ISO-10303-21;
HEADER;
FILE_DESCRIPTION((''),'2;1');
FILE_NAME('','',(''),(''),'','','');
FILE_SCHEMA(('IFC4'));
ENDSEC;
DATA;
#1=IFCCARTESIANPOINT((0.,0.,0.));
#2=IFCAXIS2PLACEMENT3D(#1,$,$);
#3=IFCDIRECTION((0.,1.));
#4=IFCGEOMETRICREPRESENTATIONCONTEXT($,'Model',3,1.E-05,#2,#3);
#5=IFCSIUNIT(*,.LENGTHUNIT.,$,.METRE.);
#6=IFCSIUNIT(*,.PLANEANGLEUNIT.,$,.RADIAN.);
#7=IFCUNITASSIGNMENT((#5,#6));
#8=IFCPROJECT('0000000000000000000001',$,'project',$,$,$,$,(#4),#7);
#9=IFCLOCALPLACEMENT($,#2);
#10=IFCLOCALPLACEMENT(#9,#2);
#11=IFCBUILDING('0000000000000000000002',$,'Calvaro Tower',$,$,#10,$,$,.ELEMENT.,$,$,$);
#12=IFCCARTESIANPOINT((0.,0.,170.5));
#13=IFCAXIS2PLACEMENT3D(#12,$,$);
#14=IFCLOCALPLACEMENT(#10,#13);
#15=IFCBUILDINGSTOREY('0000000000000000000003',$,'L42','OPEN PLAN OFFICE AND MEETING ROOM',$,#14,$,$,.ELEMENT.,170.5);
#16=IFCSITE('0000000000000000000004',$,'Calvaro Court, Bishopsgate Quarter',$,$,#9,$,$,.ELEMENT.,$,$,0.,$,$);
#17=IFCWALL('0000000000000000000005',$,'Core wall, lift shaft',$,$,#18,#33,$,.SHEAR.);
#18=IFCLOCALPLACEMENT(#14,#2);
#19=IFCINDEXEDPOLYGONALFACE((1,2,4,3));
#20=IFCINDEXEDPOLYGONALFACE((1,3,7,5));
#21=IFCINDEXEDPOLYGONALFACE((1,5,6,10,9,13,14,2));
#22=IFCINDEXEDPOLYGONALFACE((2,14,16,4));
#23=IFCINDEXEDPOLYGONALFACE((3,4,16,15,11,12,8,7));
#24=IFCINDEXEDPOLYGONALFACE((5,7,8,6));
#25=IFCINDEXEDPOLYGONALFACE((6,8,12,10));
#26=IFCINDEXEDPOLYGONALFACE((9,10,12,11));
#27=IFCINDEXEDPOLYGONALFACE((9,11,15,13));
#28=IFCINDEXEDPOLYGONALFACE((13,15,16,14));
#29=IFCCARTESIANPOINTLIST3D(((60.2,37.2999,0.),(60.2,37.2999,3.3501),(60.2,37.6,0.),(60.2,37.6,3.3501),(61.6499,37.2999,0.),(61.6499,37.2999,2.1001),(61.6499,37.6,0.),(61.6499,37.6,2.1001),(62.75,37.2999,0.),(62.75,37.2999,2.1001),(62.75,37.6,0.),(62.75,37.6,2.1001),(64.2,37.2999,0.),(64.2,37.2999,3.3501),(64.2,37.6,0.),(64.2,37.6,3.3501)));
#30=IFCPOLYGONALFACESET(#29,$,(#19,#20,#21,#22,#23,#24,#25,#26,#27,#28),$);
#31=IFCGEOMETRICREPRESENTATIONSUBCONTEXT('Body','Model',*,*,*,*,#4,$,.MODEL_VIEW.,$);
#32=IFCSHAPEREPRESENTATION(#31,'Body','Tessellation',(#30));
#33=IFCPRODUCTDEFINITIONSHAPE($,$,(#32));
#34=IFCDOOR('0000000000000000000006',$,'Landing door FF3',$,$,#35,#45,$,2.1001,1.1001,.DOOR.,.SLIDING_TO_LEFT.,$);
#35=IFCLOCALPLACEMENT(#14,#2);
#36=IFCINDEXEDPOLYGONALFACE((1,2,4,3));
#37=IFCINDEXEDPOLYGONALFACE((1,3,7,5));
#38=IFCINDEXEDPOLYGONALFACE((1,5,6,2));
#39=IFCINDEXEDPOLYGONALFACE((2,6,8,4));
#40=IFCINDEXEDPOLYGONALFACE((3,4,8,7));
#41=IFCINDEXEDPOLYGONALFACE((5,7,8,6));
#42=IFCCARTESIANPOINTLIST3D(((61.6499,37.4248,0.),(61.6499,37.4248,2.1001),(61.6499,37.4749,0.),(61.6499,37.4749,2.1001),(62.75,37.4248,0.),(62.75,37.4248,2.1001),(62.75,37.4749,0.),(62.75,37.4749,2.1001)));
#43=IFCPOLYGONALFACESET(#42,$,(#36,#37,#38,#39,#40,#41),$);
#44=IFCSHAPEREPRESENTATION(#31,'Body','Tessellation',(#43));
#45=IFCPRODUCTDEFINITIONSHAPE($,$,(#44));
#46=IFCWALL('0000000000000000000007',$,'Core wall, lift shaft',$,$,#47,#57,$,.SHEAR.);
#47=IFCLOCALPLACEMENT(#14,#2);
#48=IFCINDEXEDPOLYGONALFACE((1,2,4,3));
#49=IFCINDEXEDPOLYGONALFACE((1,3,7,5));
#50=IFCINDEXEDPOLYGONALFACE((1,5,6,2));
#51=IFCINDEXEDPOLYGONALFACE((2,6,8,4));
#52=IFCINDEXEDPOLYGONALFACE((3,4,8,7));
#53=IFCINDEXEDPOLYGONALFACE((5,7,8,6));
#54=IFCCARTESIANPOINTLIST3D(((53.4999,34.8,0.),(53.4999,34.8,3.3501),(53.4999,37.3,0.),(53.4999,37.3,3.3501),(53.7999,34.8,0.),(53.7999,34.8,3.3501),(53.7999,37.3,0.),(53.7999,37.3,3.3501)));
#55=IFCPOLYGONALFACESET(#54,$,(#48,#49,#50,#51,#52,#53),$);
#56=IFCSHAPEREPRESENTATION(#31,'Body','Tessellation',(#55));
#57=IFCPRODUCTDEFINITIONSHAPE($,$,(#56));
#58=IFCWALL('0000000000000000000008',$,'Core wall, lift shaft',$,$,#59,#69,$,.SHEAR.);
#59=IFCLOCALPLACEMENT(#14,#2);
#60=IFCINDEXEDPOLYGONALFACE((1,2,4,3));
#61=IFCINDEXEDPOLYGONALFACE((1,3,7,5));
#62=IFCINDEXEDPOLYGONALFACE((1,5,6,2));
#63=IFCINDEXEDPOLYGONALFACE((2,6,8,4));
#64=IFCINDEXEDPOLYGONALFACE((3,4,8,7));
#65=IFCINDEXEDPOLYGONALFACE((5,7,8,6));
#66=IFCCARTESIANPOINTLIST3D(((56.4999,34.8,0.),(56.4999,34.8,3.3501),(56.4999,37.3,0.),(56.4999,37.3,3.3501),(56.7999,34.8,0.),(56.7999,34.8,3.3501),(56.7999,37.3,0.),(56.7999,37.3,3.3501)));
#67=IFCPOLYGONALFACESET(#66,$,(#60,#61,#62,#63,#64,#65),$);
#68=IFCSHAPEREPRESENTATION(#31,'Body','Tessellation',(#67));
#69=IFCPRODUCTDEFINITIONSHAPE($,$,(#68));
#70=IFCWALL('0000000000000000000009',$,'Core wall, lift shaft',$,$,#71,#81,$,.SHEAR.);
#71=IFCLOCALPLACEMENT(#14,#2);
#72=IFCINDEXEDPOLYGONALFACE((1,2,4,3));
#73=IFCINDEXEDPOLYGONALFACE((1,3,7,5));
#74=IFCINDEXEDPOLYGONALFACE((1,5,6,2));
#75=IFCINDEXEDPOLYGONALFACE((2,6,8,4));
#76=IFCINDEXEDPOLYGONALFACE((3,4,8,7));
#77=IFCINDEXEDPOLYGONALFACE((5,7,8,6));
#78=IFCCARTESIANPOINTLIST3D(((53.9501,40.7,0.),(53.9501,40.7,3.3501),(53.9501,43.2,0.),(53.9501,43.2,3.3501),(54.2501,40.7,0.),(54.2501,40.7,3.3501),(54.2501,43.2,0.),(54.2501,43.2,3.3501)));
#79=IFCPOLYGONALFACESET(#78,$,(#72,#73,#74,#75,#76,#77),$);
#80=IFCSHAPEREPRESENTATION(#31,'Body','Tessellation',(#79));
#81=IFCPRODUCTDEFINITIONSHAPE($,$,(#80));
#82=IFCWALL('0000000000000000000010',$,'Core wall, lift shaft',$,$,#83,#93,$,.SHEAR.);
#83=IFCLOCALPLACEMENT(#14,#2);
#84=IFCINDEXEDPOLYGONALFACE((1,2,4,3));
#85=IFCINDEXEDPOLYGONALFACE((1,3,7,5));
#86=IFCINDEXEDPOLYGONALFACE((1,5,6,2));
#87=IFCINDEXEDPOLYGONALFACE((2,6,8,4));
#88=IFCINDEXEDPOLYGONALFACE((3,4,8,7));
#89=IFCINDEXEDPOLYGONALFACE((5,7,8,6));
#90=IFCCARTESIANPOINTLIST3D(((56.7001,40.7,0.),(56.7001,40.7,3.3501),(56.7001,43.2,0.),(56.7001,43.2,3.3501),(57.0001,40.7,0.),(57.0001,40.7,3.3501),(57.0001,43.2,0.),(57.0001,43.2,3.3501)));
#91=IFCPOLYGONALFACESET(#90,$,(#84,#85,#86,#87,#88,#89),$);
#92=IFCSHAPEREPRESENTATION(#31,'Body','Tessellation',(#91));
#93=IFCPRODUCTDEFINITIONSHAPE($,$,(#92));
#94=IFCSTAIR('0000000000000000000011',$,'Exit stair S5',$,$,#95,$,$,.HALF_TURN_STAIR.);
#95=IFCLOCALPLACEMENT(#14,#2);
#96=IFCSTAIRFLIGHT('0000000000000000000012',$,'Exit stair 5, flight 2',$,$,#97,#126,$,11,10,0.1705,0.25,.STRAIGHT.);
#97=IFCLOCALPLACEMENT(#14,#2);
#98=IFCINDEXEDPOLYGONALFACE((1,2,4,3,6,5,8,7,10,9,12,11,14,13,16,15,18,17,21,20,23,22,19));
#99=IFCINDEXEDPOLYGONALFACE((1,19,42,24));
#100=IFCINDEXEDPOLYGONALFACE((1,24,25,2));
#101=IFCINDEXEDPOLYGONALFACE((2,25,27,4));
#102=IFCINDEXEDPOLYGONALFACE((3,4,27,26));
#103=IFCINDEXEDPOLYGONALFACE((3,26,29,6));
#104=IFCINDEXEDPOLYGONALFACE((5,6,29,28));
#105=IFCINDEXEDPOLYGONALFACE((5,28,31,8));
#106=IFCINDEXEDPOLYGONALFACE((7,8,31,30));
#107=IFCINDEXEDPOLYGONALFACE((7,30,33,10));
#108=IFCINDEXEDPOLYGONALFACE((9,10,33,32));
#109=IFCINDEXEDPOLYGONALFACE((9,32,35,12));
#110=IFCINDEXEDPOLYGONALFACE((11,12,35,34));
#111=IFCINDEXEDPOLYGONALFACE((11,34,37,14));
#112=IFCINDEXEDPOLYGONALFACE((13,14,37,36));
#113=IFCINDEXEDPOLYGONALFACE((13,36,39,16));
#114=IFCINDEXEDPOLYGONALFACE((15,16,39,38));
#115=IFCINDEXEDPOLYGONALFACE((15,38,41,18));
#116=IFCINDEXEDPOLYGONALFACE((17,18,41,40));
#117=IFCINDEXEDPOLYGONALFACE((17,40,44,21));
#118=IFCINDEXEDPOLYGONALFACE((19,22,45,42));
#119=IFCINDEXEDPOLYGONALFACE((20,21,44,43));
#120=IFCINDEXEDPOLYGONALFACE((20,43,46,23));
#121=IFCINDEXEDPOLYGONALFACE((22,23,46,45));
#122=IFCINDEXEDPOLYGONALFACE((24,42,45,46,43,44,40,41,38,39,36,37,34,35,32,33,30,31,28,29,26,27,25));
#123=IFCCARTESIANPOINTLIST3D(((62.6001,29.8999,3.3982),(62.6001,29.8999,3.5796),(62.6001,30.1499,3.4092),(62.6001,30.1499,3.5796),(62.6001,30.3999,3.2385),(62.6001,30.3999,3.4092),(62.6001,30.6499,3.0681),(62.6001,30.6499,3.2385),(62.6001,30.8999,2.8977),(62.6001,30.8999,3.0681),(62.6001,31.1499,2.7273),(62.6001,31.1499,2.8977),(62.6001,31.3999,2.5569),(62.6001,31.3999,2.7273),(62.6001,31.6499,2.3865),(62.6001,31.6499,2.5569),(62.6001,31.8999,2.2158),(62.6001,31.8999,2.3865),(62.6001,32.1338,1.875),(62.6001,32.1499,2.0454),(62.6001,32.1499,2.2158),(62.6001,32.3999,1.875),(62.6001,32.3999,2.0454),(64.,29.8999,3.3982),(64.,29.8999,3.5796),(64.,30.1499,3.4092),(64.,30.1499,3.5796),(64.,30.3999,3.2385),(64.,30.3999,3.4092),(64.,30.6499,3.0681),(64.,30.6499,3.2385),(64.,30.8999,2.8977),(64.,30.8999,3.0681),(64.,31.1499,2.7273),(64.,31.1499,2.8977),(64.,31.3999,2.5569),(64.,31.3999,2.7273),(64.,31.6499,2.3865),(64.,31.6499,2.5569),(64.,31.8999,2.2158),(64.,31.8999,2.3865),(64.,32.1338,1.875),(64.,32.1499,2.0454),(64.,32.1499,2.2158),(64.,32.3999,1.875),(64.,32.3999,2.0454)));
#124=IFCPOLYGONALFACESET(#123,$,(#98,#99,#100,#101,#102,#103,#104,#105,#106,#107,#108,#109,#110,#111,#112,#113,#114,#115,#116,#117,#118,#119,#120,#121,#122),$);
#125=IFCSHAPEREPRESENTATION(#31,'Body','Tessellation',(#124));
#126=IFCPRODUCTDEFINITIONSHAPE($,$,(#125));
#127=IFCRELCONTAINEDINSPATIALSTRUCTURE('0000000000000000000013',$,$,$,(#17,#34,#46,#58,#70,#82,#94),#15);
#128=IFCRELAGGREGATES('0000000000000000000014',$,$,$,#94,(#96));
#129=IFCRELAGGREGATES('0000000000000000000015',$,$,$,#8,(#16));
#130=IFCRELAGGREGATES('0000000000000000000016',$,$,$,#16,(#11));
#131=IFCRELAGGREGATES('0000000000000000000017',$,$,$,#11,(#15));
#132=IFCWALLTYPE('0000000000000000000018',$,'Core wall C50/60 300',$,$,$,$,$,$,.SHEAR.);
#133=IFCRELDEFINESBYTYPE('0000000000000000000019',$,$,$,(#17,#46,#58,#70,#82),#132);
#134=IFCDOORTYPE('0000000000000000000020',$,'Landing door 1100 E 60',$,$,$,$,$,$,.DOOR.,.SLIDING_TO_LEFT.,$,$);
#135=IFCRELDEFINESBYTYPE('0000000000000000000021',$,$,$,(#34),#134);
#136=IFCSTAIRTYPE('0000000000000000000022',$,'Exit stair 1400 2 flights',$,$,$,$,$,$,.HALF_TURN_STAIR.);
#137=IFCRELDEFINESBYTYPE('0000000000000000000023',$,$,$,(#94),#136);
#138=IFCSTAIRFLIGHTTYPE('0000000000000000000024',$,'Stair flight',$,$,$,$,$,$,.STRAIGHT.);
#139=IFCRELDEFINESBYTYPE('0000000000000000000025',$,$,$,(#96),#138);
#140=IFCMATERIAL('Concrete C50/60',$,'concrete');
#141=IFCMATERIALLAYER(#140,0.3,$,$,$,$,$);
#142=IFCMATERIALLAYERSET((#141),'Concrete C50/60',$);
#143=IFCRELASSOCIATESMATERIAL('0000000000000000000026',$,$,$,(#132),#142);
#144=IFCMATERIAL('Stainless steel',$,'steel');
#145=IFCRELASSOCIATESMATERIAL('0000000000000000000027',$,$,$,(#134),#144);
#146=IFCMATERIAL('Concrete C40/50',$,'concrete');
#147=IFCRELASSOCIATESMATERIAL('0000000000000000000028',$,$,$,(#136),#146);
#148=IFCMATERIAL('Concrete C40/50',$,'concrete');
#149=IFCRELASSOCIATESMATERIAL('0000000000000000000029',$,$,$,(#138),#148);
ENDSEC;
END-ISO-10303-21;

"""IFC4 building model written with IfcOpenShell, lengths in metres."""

from ifc_helpers import new_model, si_unit, direction, frame, frame_2d, origin, place, context, subcontext, project, spatial, polyline, rectangle, outline, extrude, material, layer, layer_set, type_object, element, fill, aggregate, save


model = new_model("IFC4")

# Units and contexts
model_context = context("Model", 3, precision=1e-05, world=origin(), true_north=direction((0.0, 1.0)))
body_context = subcontext(model_context, "Body", "Model", "MODEL_VIEW")
ifc_project = project(units=[si_unit("LENGTHUNIT", "METRE"), si_unit("PLANEANGLEUNIT", "RADIAN")], contexts=[model_context])

# Site, building, storey
site_placement = place(None, origin())
site = spatial("IfcSite", under=ifc_project, at=site_placement, Name="Calvaro Court, Bishopsgate Quarter", CompositionType="ELEMENT", RefElevation=0.0)
building_placement = place(site_placement, origin())
building = spatial("IfcBuilding", under=site, at=building_placement, Name="Calvaro Tower", CompositionType="ELEMENT")
storey_placement = place(building_placement, frame((0.0, 0.0, 170.5)))
storey = spatial("IfcBuildingStorey", under=building, at=storey_placement, Name="L42", Description="OPEN PLAN OFFICE AND MEETING ROOM", CompositionType="ELEMENT", Elevation=170.5)

# Shared definitions
ifc_material_1 = material(Name="Concrete C50/60", Category="concrete")
ifc_layer_1 = layer(ifc_material_1, 0.3)
ifc_layer_set_1 = layer_set([ifc_layer_1], Name="Concrete C50/60")
wall_type_1 = type_object("IfcWallType", Name="Core wall C50/60 300", PredefinedType="SHEAR", material=ifc_layer_set_1)

# Wall, opening, door
wall_1_placement = place(storey_placement, frame((60.2, 37.45, 0.0), z_axis=(0.0, 0.0, 1.0), x_axis=(1.0, 0.0, 0.0)))
wall_1 = element("IfcWall", 1, at=wall_1_placement, inside=storey, type_object=wall_type_1, Name="Core wall, lift shaft", PredefinedType="SHEAR", context=body_context, shape_type="SweptSolid", body=[
    extrude(rectangle(XDim=4.0, YDim=0.3, at=frame_2d((2.0, 0.0))), origin(), (0.0, 0.0, 1.0), 3.3501),
])
opening_1_placement = place(wall_1_placement, frame((1.45, 0.0, 0.0)))
opening_1 = element("IfcOpeningElement", 2, at=opening_1_placement, cuts=wall_1, PredefinedType="OPENING", context=body_context, shape_type="SweptSolid", body=[
    extrude(rectangle(XDim=1.1001, YDim=2.1001, at=frame_2d((0.55, 1.05))), frame((0.0, 0.1599, 0.0), z_axis=(0.0, -1.0, 0.0), x_axis=(1.0, 0.0, 0.0)), (0.0, 0.0, 1.0), 0.3201),
])
ifc_material_2 = material(Name="Stainless steel", Category="steel")
door_type_1 = type_object("IfcDoorType", Name="Landing door 1100 E 60", OperationType="SLIDING_TO_LEFT", PredefinedType="DOOR", material=ifc_material_2)
door_1_placement = place(opening_1_placement, origin())
door_1 = element("IfcDoor", 3, at=door_1_placement, inside=storey, type_object=door_type_1, Name="Landing door FF3", OperationType="SLIDING_TO_LEFT", OverallHeight=2.1001, OverallWidth=1.1001, PredefinedType="DOOR", context=body_context, shape_type="SweptSolid", body=[
    extrude(rectangle(XDim=1.1001, YDim=2.1001, at=frame_2d((0.55, 1.05))), frame((0.0, 0.0249, 0.0), z_axis=(0.0, -1.0, 0.0), x_axis=(1.0, 0.0, 0.0)), (0.0, 0.0, 1.0), 0.05),
])
fill(opening_1, door_1)

# Walls
for number, where, z_axis, x_axis, name in (
    (4, (53.6499, 34.8, 0.0), (0.0, 0.0, 1.0), (0.0, 1.0, 0.0), "Core wall, lift shaft"),
    (5, (56.6499, 34.8, 0.0), (0.0, 0.0, 1.0), (0.0, 1.0, 0.0), "Core wall, lift shaft"),
    (6, (54.1001, 40.7, 0.0), (0.0, 0.0, 1.0), (0.0, 1.0, 0.0), "Core wall, lift shaft"),
    (7, (56.8501, 40.7, 0.0), (0.0, 0.0, 1.0), (0.0, 1.0, 0.0), "Core wall, lift shaft"),
):
    element("IfcWall", number, at=place(storey_placement, frame(where, z_axis=z_axis, x_axis=x_axis)), inside=storey, type_object=wall_type_1, Name=name, PredefinedType="SHEAR", context=body_context, shape_type="SweptSolid", body=[
        extrude(rectangle(XDim=2.5, YDim=0.3, at=frame_2d((1.25, 0.0))), origin(), (0.0, 0.0, 1.0), 3.3501),
    ])

# Stair, stair flight
ifc_material_3 = material(Name="Concrete C40/50", Category="concrete")
stair_type = type_object("IfcStairType", Name="Exit stair 1400 2 flights", PredefinedType="HALF_TURN_STAIR", material=ifc_material_3)
stair_placement = place(storey_placement, origin())
stair = element("IfcStair", 8, at=stair_placement, inside=storey, type_object=stair_type, Name="Exit stair S5", PredefinedType="HALF_TURN_STAIR")
ifc_material_4 = material(Name="Concrete C40/50", Category="concrete")
stair_flight_type = type_object("IfcStairFlightType", Name="Stair flight", PredefinedType="STRAIGHT", material=ifc_material_4)
stair_flight_placement = place(storey_placement, frame((63.3, 32.3999, 1.875), z_axis=(0.0, 0.0, 1.0), x_axis=(0.0, -1.0, 0.0)))
stair_flight = element("IfcStairFlight", 9, at=stair_flight_placement, type_object=stair_flight_type, Name="Exit stair 5, flight 2", NumberOfRisers=11, NumberOfTreads=10, PredefinedType="STRAIGHT", RiserHeight=0.1705, TreadLength=0.25, context=body_context, shape_type="SweptSolid", body=[
    extrude(outline(polyline([(0.0, 0.0), (0.0, 0.1704), (0.25, 0.1704), (0.25, 0.3408), (0.5, 0.3408), (0.5, 0.5115), (0.75, 0.5115), (0.75, 0.6819), (1.0, 0.6819), (1.0, 0.8523), (1.25, 0.8523), (1.25, 1.0227), (1.5, 1.0227), (1.5, 1.1931), (1.75, 1.1931), (1.75, 1.3635), (2.0, 1.3635), (2.0, 1.5342), (2.25, 1.5342), (2.25, 1.7046), (2.5, 1.7046), (2.5, 1.875), (2.5, 1.5232), (0.2661, 0.0), (0.0, 0.0)])), frame((0.0, 0.7, 0.0), z_axis=(0.0, -1.0, 0.0), x_axis=(1.0, 0.0, 0.0)), (0.0, 0.0, 1.0), 1.3999),
])
aggregate(stair, [stair_flight])

save(model, "model.ifc")
